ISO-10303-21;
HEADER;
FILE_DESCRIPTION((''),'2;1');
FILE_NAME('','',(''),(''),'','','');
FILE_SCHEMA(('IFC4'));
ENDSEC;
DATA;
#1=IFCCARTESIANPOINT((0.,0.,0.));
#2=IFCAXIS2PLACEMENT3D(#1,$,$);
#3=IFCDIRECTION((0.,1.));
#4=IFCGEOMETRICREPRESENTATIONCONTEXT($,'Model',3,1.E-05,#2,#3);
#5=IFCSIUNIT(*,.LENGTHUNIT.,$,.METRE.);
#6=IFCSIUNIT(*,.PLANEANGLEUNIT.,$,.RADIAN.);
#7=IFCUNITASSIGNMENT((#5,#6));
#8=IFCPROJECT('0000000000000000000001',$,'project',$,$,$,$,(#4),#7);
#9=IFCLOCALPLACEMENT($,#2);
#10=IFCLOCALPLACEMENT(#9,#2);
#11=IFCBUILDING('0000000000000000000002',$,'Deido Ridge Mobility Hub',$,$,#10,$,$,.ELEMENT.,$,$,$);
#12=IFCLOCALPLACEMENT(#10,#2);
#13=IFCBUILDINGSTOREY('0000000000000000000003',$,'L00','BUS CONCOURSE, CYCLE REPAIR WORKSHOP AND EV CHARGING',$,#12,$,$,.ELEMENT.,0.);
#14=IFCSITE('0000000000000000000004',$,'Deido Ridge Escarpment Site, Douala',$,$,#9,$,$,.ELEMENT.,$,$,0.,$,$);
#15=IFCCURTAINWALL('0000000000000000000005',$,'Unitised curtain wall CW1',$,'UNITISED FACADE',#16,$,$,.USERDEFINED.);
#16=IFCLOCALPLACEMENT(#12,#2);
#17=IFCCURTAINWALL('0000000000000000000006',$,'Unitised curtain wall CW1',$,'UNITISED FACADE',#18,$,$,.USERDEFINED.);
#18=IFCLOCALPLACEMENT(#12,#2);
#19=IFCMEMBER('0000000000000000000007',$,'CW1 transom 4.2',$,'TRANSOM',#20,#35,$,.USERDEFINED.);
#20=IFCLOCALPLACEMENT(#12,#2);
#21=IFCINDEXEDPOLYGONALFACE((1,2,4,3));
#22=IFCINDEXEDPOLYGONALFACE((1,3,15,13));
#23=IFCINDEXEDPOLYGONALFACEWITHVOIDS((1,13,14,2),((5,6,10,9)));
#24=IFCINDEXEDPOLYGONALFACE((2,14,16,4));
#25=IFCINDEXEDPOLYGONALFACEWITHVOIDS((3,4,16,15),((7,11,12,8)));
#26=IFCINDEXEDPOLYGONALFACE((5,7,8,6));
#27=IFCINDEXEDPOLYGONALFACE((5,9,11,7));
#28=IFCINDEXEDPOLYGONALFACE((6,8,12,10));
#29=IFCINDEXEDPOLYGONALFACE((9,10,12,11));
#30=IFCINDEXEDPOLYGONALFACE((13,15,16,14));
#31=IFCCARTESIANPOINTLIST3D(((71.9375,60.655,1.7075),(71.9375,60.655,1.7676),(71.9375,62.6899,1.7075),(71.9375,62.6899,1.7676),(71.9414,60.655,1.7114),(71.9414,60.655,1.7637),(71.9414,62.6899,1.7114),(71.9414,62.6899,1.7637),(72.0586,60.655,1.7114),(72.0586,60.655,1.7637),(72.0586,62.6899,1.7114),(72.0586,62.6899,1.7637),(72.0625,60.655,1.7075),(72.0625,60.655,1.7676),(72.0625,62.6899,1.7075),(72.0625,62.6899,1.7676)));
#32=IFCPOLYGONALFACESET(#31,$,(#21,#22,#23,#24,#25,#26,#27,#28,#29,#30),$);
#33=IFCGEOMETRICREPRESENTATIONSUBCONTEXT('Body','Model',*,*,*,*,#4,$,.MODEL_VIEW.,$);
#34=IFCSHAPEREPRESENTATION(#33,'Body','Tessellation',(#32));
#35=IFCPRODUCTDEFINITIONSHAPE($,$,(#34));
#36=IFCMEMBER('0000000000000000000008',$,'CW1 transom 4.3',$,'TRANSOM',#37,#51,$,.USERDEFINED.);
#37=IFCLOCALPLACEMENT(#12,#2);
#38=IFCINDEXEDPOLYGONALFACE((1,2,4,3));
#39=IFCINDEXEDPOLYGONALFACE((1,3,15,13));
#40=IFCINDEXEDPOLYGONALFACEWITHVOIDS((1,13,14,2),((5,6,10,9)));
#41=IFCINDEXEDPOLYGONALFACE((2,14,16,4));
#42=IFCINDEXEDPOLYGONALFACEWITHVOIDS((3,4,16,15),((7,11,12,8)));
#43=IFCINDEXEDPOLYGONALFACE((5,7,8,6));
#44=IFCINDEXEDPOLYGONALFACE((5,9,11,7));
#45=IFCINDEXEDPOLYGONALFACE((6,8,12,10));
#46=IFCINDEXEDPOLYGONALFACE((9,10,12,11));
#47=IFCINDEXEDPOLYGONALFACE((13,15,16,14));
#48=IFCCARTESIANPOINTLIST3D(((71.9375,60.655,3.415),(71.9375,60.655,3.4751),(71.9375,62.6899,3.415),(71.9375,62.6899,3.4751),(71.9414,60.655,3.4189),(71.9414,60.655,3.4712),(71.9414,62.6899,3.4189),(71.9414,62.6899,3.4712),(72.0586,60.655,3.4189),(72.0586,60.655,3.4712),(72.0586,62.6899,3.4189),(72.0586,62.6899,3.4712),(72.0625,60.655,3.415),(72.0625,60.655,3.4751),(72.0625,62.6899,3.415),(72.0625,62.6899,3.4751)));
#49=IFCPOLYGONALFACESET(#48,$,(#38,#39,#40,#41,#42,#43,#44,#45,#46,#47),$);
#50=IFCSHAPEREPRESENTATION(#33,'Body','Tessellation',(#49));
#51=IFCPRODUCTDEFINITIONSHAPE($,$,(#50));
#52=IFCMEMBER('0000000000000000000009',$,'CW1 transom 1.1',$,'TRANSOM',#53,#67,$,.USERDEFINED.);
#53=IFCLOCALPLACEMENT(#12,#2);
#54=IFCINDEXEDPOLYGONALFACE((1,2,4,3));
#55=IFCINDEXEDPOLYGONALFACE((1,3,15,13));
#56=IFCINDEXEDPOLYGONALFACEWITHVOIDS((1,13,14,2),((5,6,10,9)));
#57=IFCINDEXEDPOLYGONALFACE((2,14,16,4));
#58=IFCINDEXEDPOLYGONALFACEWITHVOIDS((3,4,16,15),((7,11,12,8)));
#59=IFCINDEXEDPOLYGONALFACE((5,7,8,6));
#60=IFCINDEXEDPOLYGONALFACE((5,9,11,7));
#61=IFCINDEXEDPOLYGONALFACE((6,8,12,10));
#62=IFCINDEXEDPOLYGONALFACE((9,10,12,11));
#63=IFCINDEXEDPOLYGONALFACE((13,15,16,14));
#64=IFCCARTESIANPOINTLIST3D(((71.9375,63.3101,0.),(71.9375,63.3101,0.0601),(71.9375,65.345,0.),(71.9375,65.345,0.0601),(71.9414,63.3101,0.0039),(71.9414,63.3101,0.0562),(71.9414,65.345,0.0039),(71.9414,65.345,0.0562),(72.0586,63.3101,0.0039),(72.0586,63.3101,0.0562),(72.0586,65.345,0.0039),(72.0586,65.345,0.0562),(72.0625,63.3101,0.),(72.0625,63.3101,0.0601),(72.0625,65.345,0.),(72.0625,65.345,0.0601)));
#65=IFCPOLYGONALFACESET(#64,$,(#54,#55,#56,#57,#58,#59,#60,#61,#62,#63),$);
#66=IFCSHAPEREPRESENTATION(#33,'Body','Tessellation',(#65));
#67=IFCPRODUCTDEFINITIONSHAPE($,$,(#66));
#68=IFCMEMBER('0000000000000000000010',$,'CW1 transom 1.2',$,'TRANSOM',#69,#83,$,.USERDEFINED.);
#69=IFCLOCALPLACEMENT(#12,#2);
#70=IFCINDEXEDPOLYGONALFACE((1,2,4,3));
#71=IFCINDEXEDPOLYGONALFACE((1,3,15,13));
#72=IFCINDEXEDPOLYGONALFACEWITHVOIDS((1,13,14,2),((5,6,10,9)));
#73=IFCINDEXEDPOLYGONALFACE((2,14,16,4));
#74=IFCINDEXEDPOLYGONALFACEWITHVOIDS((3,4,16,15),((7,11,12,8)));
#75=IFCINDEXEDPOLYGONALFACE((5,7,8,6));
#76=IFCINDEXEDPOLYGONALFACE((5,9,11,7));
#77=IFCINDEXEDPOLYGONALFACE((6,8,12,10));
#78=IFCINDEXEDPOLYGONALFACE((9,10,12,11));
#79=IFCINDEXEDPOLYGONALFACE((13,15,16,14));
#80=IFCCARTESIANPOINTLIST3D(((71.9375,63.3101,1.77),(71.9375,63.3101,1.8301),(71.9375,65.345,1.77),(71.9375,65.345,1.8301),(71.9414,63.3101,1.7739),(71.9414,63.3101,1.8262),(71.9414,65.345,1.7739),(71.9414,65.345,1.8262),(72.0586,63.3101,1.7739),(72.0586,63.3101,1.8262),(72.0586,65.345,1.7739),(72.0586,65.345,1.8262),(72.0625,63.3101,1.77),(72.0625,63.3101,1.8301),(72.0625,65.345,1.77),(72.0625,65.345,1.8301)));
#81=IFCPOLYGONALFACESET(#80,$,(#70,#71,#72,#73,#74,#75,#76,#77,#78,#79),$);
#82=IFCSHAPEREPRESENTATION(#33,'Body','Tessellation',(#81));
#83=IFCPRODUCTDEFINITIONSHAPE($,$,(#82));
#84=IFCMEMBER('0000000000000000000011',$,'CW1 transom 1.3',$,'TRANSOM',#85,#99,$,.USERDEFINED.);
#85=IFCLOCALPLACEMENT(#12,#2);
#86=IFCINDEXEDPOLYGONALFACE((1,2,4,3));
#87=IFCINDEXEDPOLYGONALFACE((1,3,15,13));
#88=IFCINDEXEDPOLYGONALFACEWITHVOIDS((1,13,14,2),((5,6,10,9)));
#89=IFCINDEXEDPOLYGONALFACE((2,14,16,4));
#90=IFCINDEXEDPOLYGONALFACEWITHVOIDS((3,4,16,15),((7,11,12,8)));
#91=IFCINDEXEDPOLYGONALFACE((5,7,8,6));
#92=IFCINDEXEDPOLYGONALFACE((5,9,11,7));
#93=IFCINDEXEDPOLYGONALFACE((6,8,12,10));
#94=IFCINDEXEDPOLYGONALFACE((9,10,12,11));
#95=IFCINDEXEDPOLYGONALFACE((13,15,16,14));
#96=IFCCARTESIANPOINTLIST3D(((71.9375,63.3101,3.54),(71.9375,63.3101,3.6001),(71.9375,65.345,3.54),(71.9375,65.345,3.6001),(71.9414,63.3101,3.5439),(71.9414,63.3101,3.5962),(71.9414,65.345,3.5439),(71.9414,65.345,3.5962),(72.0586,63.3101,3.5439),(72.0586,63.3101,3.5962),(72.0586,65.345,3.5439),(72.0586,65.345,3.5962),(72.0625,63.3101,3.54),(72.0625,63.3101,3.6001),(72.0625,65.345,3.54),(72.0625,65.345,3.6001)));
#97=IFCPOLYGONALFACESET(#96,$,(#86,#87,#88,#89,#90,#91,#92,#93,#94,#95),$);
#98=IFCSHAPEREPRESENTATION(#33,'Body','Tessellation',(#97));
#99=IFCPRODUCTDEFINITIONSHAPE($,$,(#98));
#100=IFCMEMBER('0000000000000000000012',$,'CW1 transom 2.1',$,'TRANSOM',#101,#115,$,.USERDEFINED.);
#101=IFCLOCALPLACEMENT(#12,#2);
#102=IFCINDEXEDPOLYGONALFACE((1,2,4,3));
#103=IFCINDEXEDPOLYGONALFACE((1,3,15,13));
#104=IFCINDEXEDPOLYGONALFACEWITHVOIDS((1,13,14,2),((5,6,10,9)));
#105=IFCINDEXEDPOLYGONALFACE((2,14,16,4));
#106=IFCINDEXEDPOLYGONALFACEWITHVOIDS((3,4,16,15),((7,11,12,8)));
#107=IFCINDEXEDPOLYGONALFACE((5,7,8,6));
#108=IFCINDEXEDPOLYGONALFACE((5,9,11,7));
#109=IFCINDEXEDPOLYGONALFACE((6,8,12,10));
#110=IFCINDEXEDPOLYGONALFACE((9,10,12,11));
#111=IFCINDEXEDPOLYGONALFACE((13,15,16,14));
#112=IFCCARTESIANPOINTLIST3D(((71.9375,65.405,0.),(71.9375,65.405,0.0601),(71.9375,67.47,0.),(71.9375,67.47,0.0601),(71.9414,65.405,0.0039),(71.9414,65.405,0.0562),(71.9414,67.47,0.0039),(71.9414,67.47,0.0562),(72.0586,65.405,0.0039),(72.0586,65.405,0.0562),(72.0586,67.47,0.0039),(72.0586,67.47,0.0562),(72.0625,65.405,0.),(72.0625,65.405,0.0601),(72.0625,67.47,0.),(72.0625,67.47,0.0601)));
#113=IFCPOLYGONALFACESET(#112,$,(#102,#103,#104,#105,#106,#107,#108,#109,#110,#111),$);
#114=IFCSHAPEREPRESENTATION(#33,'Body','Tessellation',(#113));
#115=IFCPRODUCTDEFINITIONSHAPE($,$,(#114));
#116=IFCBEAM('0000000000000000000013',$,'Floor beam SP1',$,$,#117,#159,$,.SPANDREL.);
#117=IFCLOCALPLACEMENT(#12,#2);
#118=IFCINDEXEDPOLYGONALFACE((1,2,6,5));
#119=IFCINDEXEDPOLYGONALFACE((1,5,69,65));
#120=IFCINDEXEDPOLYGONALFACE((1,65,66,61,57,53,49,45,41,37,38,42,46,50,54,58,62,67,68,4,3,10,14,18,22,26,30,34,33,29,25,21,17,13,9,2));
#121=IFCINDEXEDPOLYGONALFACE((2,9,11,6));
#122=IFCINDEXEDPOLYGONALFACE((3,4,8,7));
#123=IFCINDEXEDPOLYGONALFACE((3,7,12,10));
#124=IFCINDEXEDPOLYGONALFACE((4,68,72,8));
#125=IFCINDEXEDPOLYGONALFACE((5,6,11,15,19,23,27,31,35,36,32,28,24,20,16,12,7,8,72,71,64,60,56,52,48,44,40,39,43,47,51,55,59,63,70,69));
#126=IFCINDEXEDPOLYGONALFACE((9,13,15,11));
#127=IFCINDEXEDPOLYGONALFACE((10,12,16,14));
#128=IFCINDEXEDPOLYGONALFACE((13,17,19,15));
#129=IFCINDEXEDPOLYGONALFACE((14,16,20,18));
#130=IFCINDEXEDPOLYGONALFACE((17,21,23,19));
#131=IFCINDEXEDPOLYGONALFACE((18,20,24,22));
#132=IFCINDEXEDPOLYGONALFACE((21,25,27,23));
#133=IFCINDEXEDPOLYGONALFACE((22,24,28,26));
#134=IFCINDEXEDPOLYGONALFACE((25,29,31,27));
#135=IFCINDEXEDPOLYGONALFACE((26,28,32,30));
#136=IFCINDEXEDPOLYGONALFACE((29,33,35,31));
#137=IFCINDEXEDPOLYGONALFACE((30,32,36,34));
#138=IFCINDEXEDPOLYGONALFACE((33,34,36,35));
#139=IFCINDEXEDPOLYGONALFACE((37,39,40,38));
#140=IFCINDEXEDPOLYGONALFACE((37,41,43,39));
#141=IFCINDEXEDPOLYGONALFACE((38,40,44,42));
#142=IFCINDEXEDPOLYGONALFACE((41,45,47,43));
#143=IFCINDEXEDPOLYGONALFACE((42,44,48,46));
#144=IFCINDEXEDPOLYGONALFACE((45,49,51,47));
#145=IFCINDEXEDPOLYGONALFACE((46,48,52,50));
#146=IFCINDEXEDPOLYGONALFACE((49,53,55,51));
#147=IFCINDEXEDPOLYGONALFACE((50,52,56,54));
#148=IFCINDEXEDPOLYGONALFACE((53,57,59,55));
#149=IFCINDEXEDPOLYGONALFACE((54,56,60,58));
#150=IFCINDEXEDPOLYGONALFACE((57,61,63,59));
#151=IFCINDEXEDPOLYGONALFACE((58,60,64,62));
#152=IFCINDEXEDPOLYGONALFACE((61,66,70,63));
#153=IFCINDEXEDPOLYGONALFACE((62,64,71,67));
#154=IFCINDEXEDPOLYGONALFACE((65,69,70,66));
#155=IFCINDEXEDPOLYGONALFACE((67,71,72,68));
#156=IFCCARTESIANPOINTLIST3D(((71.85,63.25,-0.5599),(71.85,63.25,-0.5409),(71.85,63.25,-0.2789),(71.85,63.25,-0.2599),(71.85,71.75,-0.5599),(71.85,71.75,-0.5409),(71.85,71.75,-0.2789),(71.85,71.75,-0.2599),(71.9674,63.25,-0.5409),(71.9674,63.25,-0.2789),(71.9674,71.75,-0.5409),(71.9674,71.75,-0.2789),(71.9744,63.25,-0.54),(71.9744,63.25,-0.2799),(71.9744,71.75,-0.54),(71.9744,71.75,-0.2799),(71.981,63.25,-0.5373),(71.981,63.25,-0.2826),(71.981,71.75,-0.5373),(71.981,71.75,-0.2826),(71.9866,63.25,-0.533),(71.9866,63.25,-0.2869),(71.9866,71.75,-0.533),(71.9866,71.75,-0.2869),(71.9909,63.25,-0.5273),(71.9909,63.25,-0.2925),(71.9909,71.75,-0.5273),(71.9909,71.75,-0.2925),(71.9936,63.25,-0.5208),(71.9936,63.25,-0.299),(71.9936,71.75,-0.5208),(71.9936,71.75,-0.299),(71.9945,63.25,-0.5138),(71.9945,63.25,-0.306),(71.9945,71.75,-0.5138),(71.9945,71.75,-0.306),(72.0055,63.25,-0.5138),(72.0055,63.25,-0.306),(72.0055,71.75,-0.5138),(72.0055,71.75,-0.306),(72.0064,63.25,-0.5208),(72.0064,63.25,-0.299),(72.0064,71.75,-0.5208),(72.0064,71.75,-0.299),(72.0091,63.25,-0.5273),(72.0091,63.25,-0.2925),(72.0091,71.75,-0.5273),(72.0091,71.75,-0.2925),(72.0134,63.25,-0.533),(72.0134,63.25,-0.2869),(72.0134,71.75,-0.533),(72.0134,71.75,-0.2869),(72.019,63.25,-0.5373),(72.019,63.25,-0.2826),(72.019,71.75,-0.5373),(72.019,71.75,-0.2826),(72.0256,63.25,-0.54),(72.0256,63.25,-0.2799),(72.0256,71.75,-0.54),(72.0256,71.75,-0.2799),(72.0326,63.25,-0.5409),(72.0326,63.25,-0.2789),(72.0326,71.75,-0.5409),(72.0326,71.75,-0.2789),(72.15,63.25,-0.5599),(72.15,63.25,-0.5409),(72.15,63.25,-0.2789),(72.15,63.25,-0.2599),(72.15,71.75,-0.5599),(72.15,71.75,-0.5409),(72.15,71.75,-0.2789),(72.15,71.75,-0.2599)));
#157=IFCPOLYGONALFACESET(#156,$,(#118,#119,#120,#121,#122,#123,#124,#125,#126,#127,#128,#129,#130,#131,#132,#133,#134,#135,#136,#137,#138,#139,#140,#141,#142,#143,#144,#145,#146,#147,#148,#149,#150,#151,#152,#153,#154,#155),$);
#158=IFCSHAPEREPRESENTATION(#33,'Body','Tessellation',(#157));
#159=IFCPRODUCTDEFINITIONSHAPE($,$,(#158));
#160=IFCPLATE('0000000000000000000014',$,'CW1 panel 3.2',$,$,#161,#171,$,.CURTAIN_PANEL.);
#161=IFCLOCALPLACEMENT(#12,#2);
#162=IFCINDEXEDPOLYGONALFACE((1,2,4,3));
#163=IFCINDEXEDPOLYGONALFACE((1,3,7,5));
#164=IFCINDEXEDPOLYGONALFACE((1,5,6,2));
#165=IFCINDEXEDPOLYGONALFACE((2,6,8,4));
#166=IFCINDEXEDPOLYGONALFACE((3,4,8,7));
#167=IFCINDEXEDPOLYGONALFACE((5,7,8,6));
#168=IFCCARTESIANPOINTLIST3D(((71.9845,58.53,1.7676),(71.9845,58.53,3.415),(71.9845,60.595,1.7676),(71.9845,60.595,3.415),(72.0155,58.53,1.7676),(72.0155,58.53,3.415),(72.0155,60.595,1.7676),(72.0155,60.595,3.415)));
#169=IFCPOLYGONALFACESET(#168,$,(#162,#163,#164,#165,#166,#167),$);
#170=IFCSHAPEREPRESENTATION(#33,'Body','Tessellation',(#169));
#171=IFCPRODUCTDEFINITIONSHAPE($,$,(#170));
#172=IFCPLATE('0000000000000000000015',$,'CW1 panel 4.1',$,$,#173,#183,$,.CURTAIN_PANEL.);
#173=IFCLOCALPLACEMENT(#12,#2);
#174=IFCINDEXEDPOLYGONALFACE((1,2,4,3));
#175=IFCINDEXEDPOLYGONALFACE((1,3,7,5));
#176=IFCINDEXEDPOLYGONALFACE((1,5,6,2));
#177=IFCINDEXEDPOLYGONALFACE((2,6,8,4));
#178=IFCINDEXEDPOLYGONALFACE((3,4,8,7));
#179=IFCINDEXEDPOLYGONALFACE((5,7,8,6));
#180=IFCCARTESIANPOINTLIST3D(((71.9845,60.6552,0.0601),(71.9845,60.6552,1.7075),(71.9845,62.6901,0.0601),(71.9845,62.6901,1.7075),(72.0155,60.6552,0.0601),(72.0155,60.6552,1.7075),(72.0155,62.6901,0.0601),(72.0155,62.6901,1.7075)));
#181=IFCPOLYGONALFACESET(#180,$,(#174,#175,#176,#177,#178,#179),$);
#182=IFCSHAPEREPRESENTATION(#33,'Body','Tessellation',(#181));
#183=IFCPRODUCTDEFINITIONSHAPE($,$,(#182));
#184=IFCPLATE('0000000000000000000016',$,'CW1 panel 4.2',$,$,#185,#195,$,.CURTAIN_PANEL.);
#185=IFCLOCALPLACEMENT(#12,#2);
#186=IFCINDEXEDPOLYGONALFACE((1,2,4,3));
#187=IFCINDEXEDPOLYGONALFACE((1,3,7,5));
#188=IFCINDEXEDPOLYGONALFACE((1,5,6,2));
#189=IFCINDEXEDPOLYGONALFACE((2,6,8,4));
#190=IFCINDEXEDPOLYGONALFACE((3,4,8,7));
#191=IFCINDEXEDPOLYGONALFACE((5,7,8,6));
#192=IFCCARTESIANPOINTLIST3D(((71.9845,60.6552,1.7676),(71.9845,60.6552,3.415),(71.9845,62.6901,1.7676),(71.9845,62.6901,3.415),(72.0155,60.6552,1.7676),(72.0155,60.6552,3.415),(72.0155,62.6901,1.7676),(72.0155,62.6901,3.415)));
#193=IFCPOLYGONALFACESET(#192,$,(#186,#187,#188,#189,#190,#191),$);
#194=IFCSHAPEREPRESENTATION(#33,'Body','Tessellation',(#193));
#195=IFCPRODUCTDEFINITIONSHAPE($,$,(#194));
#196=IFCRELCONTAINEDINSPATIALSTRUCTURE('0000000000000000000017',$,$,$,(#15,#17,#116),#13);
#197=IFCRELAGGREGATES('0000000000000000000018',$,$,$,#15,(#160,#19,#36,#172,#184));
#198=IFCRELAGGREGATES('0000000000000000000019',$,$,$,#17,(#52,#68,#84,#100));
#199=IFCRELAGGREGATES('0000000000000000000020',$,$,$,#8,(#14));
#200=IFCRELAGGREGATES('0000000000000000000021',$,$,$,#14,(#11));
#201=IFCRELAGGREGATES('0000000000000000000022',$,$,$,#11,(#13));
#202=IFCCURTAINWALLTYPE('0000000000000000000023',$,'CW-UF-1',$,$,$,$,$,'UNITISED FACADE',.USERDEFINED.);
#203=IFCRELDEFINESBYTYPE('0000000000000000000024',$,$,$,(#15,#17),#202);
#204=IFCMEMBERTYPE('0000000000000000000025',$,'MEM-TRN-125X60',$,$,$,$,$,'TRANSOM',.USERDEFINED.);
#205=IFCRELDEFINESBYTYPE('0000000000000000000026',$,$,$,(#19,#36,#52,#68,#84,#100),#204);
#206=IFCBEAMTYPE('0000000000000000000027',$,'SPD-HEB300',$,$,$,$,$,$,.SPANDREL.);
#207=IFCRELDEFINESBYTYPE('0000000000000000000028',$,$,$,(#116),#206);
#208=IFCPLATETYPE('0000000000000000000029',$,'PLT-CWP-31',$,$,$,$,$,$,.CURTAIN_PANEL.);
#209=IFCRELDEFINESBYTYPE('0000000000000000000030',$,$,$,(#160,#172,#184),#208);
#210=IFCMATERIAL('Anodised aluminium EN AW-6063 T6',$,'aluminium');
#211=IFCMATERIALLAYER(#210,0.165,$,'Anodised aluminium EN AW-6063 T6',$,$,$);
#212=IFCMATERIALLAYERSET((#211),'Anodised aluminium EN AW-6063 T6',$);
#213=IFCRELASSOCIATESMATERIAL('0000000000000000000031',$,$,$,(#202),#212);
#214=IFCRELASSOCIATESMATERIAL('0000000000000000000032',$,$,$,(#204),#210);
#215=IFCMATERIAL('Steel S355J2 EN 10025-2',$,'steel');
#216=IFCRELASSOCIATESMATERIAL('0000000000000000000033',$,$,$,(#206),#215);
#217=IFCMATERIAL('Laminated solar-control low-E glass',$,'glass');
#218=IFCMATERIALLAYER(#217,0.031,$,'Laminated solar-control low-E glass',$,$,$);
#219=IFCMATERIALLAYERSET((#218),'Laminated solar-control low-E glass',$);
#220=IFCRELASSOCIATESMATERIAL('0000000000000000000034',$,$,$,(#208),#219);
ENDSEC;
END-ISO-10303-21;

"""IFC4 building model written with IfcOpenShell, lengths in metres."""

from ifc_helpers import new_model, si_unit, direction, frame, origin, origin_2d, place, context, subcontext, project, spatial, rectangle, hollow_rectangle, i_section, extrude, material, layer, layer_set, material_profile, profile_set, type_object, element, aggregate, save


model = new_model("IFC4")

# Units and contexts
model_context = context("Model", 3, precision=1e-05, world=origin(), true_north=direction((0.0, 1.0)))
body_context = subcontext(model_context, "Body", "Model", "MODEL_VIEW")
ifc_project = project(units=[si_unit("LENGTHUNIT", "METRE"), si_unit("PLANEANGLEUNIT", "RADIAN")], contexts=[model_context])

# Site, building, storey
site_placement = place(None, origin())
site = spatial("IfcSite", under=ifc_project, at=site_placement, Name="Deido Ridge Escarpment Site, Douala", CompositionType="ELEMENT", RefElevation=0.0)
building_placement = place(site_placement, origin())
building = spatial("IfcBuilding", under=site, at=building_placement, Name="Deido Ridge Mobility Hub", CompositionType="ELEMENT")
storey_placement = place(building_placement, origin())
storey = spatial("IfcBuildingStorey", under=building, at=storey_placement, Name="L00", Description="BUS CONCOURSE, CYCLE REPAIR WORKSHOP AND EV CHARGING", CompositionType="ELEMENT", Elevation=0.0)

# Shared definitions
ifc_material_1 = material(Name="Steel S355J2 EN 10025-2", Category="steel")

# Curtain walls
ifc_material_2 = material(Name="Anodised aluminium EN AW-6063 T6", Category="aluminium")
ifc_layer_1 = layer(ifc_material_2, 0.165, Name="Anodised aluminium EN AW-6063 T6")
ifc_layer_set_1 = layer_set([ifc_layer_1], Name="Anodised aluminium EN AW-6063 T6")
curtain_wall_type = type_object("IfcCurtainWallType", Name="CW-UF-1", ElementType="UNITISED FACADE", PredefinedType="USERDEFINED", material=ifc_layer_set_1)
curtain_wall_1_placement = place(storey_placement, origin())
curtain_wall_1 = element("IfcCurtainWall", 1, at=curtain_wall_1_placement, inside=storey, type_object=curtain_wall_type, Name="Unitised curtain wall CW1", ObjectType="UNITISED FACADE", PredefinedType="USERDEFINED")
curtain_wall_2_placement = place(storey_placement, origin())
curtain_wall_2 = element("IfcCurtainWall", 2, at=curtain_wall_2_placement, inside=storey, type_object=curtain_wall_type, Name="Unitised curtain wall CW1", ObjectType="UNITISED FACADE", PredefinedType="USERDEFINED")

# Members
ifc_material_profile_1 = material_profile(ifc_material_2, hollow_rectangle(XDim=0.125, YDim=0.0601, WallThickness=0.0039, at=origin_2d()), Name="RHS 125x60x4")
ifc_profile_set_1 = profile_set([ifc_material_profile_1], Name="Anodised aluminium EN AW-6063 T6")
member_type_1 = type_object("IfcMemberType", Name="MEM-TRN-125X60", ElementType="TRANSOM", PredefinedType="USERDEFINED", material=ifc_profile_set_1)
member_1_placement = place(storey_placement, frame((72.0, 60.655, 1.7375), z_axis=(0.0, 1.0, 0.0), x_axis=(-1.0, 0.0, 0.0)))
member_1 = element("IfcMember", 3, at=member_1_placement, type_object=member_type_1, Name="CW1 transom 4.2", ObjectType="TRANSOM", PredefinedType="USERDEFINED", context=body_context, shape_type="SweptSolid", body=[
    extrude(hollow_rectangle(XDim=0.125, YDim=0.0601, WallThickness=0.0039, at=origin_2d()), origin(), (0.0, 0.0, 1.0), 2.0349),
])
member_2_placement = place(storey_placement, frame((72.0, 60.655, 3.4451), z_axis=(0.0, 1.0, 0.0), x_axis=(-1.0, 0.0, 0.0)))
member_2 = element("IfcMember", 4, at=member_2_placement, type_object=member_type_1, Name="CW1 transom 4.3", ObjectType="TRANSOM", PredefinedType="USERDEFINED", context=body_context, shape_type="SweptSolid", body=[
    extrude(hollow_rectangle(XDim=0.125, YDim=0.0601, WallThickness=0.0039, at=origin_2d()), origin(), (0.0, 0.0, 1.0), 2.0349),
])
member_3_placement = place(storey_placement, frame((72.0, 63.3101, 0.03), z_axis=(0.0, 1.0, 0.0), x_axis=(-1.0, 0.0, 0.0)))
member_3 = element("IfcMember", 5, at=member_3_placement, type_object=member_type_1, Name="CW1 transom 1.1", ObjectType="TRANSOM", PredefinedType="USERDEFINED", context=body_context, shape_type="SweptSolid", body=[
    extrude(hollow_rectangle(XDim=0.125, YDim=0.0601, WallThickness=0.0039, at=origin_2d()), origin(), (0.0, 0.0, 1.0), 2.0349),
])
member_4_placement = place(storey_placement, frame((72.0, 63.3101, 1.8), z_axis=(0.0, 1.0, 0.0), x_axis=(-1.0, 0.0, 0.0)))
member_4 = element("IfcMember", 6, at=member_4_placement, type_object=member_type_1, Name="CW1 transom 1.2", ObjectType="TRANSOM", PredefinedType="USERDEFINED", context=body_context, shape_type="SweptSolid", body=[
    extrude(hollow_rectangle(XDim=0.125, YDim=0.0601, WallThickness=0.0039, at=origin_2d()), origin(), (0.0, 0.0, 1.0), 2.0349),
])
member_5_placement = place(storey_placement, frame((72.0, 63.3101, 3.5701), z_axis=(0.0, 1.0, 0.0), x_axis=(-1.0, 0.0, 0.0)))
member_5 = element("IfcMember", 7, at=member_5_placement, type_object=member_type_1, Name="CW1 transom 1.3", ObjectType="TRANSOM", PredefinedType="USERDEFINED", context=body_context, shape_type="SweptSolid", body=[
    extrude(hollow_rectangle(XDim=0.125, YDim=0.0601, WallThickness=0.0039, at=origin_2d()), origin(), (0.0, 0.0, 1.0), 2.0349),
])
member_6_placement = place(storey_placement, frame((72.0, 65.405, 0.03), z_axis=(0.0, 1.0, 0.0), x_axis=(-1.0, 0.0, 0.0)))
member_6 = element("IfcMember", 8, at=member_6_placement, type_object=member_type_1, Name="CW1 transom 2.1", ObjectType="TRANSOM", PredefinedType="USERDEFINED", context=body_context, shape_type="SweptSolid", body=[
    extrude(hollow_rectangle(XDim=0.125, YDim=0.0601, WallThickness=0.0039, at=origin_2d()), origin(), (0.0, 0.0, 1.0), 2.0649),
])

# Beam
ifc_material_profile_2 = material_profile(ifc_material_1, i_section(OverallWidth=0.3, OverallDepth=0.3, WebThickness=0.011, FlangeThickness=0.019, FilletRadius=0.0271, at=origin_2d()), Name="HEB 300")
ifc_profile_set_2 = profile_set([ifc_material_profile_2], Name="Steel S355J2 EN 10025-2")
beam_type = type_object("IfcBeamType", Name="SPD-HEB300", PredefinedType="SPANDREL", material=ifc_profile_set_2)
beam_placement = place(storey_placement, frame((72.0, 63.25, -0.4099), z_axis=(0.0, 1.0, 0.0), x_axis=(-1.0, 0.0, 0.0)))
element("IfcBeam", 9, at=beam_placement, inside=storey, type_object=beam_type, Name="Floor beam SP1", PredefinedType="SPANDREL", context=body_context, shape_type="SweptSolid", body=[
    extrude(i_section(OverallWidth=0.3, OverallDepth=0.3, WebThickness=0.011, FlangeThickness=0.019, FilletRadius=0.0271, at=origin_2d()), origin(), (0.0, 0.0, 1.0), 8.5),
])

# Plates
ifc_material_3 = material(Name="Laminated solar-control low-E glass", Category="glass")
ifc_layer_2 = layer(ifc_material_3, 0.031, Name="Laminated solar-control low-E glass")
ifc_layer_set_2 = layer_set([ifc_layer_2], Name="Laminated solar-control low-E glass")
plate_type = type_object("IfcPlateType", Name="PLT-CWP-31", PredefinedType="CURTAIN_PANEL", material=ifc_layer_set_2)
plate_1_placement = place(storey_placement, frame((72.0, 59.5625, 1.7676), z_axis=(0.0, 0.0, 1.0), x_axis=(0.0, 1.0, 0.0)))
plate_1 = element("IfcPlate", 10, at=plate_1_placement, type_object=plate_type, Name="CW1 panel 3.2", PredefinedType="CURTAIN_PANEL", context=body_context, shape_type="SweptSolid", body=[
    extrude(rectangle(XDim=2.0649, YDim=0.031, at=origin_2d()), origin(), (0.0, 0.0, 1.0), 1.6475),
])
plate_2_placement = place(storey_placement, frame((72.0, 61.6726, 0.0601), z_axis=(0.0, 0.0, 1.0), x_axis=(0.0, 1.0, 0.0)))
plate_2 = element("IfcPlate", 11, at=plate_2_placement, type_object=plate_type, Name="CW1 panel 4.1", PredefinedType="CURTAIN_PANEL", context=body_context, shape_type="SweptSolid", body=[
    extrude(rectangle(XDim=2.0349, YDim=0.031, at=origin_2d()), origin(), (0.0, 0.0, 1.0), 1.6475),
])
plate_3_placement = place(storey_placement, frame((72.0, 61.6726, 1.7676), z_axis=(0.0, 0.0, 1.0), x_axis=(0.0, 1.0, 0.0)))
plate_3 = element("IfcPlate", 12, at=plate_3_placement, type_object=plate_type, Name="CW1 panel 4.2", PredefinedType="CURTAIN_PANEL", context=body_context, shape_type="SweptSolid", body=[
    extrude(rectangle(XDim=2.0349, YDim=0.031, at=origin_2d()), origin(), (0.0, 0.0, 1.0), 1.6475),
])
aggregate(curtain_wall_1, [plate_1, member_1, member_2, plate_2, plate_3])
aggregate(curtain_wall_2, [member_3, member_4, member_5, member_6])

save(model, "model.ifc")
